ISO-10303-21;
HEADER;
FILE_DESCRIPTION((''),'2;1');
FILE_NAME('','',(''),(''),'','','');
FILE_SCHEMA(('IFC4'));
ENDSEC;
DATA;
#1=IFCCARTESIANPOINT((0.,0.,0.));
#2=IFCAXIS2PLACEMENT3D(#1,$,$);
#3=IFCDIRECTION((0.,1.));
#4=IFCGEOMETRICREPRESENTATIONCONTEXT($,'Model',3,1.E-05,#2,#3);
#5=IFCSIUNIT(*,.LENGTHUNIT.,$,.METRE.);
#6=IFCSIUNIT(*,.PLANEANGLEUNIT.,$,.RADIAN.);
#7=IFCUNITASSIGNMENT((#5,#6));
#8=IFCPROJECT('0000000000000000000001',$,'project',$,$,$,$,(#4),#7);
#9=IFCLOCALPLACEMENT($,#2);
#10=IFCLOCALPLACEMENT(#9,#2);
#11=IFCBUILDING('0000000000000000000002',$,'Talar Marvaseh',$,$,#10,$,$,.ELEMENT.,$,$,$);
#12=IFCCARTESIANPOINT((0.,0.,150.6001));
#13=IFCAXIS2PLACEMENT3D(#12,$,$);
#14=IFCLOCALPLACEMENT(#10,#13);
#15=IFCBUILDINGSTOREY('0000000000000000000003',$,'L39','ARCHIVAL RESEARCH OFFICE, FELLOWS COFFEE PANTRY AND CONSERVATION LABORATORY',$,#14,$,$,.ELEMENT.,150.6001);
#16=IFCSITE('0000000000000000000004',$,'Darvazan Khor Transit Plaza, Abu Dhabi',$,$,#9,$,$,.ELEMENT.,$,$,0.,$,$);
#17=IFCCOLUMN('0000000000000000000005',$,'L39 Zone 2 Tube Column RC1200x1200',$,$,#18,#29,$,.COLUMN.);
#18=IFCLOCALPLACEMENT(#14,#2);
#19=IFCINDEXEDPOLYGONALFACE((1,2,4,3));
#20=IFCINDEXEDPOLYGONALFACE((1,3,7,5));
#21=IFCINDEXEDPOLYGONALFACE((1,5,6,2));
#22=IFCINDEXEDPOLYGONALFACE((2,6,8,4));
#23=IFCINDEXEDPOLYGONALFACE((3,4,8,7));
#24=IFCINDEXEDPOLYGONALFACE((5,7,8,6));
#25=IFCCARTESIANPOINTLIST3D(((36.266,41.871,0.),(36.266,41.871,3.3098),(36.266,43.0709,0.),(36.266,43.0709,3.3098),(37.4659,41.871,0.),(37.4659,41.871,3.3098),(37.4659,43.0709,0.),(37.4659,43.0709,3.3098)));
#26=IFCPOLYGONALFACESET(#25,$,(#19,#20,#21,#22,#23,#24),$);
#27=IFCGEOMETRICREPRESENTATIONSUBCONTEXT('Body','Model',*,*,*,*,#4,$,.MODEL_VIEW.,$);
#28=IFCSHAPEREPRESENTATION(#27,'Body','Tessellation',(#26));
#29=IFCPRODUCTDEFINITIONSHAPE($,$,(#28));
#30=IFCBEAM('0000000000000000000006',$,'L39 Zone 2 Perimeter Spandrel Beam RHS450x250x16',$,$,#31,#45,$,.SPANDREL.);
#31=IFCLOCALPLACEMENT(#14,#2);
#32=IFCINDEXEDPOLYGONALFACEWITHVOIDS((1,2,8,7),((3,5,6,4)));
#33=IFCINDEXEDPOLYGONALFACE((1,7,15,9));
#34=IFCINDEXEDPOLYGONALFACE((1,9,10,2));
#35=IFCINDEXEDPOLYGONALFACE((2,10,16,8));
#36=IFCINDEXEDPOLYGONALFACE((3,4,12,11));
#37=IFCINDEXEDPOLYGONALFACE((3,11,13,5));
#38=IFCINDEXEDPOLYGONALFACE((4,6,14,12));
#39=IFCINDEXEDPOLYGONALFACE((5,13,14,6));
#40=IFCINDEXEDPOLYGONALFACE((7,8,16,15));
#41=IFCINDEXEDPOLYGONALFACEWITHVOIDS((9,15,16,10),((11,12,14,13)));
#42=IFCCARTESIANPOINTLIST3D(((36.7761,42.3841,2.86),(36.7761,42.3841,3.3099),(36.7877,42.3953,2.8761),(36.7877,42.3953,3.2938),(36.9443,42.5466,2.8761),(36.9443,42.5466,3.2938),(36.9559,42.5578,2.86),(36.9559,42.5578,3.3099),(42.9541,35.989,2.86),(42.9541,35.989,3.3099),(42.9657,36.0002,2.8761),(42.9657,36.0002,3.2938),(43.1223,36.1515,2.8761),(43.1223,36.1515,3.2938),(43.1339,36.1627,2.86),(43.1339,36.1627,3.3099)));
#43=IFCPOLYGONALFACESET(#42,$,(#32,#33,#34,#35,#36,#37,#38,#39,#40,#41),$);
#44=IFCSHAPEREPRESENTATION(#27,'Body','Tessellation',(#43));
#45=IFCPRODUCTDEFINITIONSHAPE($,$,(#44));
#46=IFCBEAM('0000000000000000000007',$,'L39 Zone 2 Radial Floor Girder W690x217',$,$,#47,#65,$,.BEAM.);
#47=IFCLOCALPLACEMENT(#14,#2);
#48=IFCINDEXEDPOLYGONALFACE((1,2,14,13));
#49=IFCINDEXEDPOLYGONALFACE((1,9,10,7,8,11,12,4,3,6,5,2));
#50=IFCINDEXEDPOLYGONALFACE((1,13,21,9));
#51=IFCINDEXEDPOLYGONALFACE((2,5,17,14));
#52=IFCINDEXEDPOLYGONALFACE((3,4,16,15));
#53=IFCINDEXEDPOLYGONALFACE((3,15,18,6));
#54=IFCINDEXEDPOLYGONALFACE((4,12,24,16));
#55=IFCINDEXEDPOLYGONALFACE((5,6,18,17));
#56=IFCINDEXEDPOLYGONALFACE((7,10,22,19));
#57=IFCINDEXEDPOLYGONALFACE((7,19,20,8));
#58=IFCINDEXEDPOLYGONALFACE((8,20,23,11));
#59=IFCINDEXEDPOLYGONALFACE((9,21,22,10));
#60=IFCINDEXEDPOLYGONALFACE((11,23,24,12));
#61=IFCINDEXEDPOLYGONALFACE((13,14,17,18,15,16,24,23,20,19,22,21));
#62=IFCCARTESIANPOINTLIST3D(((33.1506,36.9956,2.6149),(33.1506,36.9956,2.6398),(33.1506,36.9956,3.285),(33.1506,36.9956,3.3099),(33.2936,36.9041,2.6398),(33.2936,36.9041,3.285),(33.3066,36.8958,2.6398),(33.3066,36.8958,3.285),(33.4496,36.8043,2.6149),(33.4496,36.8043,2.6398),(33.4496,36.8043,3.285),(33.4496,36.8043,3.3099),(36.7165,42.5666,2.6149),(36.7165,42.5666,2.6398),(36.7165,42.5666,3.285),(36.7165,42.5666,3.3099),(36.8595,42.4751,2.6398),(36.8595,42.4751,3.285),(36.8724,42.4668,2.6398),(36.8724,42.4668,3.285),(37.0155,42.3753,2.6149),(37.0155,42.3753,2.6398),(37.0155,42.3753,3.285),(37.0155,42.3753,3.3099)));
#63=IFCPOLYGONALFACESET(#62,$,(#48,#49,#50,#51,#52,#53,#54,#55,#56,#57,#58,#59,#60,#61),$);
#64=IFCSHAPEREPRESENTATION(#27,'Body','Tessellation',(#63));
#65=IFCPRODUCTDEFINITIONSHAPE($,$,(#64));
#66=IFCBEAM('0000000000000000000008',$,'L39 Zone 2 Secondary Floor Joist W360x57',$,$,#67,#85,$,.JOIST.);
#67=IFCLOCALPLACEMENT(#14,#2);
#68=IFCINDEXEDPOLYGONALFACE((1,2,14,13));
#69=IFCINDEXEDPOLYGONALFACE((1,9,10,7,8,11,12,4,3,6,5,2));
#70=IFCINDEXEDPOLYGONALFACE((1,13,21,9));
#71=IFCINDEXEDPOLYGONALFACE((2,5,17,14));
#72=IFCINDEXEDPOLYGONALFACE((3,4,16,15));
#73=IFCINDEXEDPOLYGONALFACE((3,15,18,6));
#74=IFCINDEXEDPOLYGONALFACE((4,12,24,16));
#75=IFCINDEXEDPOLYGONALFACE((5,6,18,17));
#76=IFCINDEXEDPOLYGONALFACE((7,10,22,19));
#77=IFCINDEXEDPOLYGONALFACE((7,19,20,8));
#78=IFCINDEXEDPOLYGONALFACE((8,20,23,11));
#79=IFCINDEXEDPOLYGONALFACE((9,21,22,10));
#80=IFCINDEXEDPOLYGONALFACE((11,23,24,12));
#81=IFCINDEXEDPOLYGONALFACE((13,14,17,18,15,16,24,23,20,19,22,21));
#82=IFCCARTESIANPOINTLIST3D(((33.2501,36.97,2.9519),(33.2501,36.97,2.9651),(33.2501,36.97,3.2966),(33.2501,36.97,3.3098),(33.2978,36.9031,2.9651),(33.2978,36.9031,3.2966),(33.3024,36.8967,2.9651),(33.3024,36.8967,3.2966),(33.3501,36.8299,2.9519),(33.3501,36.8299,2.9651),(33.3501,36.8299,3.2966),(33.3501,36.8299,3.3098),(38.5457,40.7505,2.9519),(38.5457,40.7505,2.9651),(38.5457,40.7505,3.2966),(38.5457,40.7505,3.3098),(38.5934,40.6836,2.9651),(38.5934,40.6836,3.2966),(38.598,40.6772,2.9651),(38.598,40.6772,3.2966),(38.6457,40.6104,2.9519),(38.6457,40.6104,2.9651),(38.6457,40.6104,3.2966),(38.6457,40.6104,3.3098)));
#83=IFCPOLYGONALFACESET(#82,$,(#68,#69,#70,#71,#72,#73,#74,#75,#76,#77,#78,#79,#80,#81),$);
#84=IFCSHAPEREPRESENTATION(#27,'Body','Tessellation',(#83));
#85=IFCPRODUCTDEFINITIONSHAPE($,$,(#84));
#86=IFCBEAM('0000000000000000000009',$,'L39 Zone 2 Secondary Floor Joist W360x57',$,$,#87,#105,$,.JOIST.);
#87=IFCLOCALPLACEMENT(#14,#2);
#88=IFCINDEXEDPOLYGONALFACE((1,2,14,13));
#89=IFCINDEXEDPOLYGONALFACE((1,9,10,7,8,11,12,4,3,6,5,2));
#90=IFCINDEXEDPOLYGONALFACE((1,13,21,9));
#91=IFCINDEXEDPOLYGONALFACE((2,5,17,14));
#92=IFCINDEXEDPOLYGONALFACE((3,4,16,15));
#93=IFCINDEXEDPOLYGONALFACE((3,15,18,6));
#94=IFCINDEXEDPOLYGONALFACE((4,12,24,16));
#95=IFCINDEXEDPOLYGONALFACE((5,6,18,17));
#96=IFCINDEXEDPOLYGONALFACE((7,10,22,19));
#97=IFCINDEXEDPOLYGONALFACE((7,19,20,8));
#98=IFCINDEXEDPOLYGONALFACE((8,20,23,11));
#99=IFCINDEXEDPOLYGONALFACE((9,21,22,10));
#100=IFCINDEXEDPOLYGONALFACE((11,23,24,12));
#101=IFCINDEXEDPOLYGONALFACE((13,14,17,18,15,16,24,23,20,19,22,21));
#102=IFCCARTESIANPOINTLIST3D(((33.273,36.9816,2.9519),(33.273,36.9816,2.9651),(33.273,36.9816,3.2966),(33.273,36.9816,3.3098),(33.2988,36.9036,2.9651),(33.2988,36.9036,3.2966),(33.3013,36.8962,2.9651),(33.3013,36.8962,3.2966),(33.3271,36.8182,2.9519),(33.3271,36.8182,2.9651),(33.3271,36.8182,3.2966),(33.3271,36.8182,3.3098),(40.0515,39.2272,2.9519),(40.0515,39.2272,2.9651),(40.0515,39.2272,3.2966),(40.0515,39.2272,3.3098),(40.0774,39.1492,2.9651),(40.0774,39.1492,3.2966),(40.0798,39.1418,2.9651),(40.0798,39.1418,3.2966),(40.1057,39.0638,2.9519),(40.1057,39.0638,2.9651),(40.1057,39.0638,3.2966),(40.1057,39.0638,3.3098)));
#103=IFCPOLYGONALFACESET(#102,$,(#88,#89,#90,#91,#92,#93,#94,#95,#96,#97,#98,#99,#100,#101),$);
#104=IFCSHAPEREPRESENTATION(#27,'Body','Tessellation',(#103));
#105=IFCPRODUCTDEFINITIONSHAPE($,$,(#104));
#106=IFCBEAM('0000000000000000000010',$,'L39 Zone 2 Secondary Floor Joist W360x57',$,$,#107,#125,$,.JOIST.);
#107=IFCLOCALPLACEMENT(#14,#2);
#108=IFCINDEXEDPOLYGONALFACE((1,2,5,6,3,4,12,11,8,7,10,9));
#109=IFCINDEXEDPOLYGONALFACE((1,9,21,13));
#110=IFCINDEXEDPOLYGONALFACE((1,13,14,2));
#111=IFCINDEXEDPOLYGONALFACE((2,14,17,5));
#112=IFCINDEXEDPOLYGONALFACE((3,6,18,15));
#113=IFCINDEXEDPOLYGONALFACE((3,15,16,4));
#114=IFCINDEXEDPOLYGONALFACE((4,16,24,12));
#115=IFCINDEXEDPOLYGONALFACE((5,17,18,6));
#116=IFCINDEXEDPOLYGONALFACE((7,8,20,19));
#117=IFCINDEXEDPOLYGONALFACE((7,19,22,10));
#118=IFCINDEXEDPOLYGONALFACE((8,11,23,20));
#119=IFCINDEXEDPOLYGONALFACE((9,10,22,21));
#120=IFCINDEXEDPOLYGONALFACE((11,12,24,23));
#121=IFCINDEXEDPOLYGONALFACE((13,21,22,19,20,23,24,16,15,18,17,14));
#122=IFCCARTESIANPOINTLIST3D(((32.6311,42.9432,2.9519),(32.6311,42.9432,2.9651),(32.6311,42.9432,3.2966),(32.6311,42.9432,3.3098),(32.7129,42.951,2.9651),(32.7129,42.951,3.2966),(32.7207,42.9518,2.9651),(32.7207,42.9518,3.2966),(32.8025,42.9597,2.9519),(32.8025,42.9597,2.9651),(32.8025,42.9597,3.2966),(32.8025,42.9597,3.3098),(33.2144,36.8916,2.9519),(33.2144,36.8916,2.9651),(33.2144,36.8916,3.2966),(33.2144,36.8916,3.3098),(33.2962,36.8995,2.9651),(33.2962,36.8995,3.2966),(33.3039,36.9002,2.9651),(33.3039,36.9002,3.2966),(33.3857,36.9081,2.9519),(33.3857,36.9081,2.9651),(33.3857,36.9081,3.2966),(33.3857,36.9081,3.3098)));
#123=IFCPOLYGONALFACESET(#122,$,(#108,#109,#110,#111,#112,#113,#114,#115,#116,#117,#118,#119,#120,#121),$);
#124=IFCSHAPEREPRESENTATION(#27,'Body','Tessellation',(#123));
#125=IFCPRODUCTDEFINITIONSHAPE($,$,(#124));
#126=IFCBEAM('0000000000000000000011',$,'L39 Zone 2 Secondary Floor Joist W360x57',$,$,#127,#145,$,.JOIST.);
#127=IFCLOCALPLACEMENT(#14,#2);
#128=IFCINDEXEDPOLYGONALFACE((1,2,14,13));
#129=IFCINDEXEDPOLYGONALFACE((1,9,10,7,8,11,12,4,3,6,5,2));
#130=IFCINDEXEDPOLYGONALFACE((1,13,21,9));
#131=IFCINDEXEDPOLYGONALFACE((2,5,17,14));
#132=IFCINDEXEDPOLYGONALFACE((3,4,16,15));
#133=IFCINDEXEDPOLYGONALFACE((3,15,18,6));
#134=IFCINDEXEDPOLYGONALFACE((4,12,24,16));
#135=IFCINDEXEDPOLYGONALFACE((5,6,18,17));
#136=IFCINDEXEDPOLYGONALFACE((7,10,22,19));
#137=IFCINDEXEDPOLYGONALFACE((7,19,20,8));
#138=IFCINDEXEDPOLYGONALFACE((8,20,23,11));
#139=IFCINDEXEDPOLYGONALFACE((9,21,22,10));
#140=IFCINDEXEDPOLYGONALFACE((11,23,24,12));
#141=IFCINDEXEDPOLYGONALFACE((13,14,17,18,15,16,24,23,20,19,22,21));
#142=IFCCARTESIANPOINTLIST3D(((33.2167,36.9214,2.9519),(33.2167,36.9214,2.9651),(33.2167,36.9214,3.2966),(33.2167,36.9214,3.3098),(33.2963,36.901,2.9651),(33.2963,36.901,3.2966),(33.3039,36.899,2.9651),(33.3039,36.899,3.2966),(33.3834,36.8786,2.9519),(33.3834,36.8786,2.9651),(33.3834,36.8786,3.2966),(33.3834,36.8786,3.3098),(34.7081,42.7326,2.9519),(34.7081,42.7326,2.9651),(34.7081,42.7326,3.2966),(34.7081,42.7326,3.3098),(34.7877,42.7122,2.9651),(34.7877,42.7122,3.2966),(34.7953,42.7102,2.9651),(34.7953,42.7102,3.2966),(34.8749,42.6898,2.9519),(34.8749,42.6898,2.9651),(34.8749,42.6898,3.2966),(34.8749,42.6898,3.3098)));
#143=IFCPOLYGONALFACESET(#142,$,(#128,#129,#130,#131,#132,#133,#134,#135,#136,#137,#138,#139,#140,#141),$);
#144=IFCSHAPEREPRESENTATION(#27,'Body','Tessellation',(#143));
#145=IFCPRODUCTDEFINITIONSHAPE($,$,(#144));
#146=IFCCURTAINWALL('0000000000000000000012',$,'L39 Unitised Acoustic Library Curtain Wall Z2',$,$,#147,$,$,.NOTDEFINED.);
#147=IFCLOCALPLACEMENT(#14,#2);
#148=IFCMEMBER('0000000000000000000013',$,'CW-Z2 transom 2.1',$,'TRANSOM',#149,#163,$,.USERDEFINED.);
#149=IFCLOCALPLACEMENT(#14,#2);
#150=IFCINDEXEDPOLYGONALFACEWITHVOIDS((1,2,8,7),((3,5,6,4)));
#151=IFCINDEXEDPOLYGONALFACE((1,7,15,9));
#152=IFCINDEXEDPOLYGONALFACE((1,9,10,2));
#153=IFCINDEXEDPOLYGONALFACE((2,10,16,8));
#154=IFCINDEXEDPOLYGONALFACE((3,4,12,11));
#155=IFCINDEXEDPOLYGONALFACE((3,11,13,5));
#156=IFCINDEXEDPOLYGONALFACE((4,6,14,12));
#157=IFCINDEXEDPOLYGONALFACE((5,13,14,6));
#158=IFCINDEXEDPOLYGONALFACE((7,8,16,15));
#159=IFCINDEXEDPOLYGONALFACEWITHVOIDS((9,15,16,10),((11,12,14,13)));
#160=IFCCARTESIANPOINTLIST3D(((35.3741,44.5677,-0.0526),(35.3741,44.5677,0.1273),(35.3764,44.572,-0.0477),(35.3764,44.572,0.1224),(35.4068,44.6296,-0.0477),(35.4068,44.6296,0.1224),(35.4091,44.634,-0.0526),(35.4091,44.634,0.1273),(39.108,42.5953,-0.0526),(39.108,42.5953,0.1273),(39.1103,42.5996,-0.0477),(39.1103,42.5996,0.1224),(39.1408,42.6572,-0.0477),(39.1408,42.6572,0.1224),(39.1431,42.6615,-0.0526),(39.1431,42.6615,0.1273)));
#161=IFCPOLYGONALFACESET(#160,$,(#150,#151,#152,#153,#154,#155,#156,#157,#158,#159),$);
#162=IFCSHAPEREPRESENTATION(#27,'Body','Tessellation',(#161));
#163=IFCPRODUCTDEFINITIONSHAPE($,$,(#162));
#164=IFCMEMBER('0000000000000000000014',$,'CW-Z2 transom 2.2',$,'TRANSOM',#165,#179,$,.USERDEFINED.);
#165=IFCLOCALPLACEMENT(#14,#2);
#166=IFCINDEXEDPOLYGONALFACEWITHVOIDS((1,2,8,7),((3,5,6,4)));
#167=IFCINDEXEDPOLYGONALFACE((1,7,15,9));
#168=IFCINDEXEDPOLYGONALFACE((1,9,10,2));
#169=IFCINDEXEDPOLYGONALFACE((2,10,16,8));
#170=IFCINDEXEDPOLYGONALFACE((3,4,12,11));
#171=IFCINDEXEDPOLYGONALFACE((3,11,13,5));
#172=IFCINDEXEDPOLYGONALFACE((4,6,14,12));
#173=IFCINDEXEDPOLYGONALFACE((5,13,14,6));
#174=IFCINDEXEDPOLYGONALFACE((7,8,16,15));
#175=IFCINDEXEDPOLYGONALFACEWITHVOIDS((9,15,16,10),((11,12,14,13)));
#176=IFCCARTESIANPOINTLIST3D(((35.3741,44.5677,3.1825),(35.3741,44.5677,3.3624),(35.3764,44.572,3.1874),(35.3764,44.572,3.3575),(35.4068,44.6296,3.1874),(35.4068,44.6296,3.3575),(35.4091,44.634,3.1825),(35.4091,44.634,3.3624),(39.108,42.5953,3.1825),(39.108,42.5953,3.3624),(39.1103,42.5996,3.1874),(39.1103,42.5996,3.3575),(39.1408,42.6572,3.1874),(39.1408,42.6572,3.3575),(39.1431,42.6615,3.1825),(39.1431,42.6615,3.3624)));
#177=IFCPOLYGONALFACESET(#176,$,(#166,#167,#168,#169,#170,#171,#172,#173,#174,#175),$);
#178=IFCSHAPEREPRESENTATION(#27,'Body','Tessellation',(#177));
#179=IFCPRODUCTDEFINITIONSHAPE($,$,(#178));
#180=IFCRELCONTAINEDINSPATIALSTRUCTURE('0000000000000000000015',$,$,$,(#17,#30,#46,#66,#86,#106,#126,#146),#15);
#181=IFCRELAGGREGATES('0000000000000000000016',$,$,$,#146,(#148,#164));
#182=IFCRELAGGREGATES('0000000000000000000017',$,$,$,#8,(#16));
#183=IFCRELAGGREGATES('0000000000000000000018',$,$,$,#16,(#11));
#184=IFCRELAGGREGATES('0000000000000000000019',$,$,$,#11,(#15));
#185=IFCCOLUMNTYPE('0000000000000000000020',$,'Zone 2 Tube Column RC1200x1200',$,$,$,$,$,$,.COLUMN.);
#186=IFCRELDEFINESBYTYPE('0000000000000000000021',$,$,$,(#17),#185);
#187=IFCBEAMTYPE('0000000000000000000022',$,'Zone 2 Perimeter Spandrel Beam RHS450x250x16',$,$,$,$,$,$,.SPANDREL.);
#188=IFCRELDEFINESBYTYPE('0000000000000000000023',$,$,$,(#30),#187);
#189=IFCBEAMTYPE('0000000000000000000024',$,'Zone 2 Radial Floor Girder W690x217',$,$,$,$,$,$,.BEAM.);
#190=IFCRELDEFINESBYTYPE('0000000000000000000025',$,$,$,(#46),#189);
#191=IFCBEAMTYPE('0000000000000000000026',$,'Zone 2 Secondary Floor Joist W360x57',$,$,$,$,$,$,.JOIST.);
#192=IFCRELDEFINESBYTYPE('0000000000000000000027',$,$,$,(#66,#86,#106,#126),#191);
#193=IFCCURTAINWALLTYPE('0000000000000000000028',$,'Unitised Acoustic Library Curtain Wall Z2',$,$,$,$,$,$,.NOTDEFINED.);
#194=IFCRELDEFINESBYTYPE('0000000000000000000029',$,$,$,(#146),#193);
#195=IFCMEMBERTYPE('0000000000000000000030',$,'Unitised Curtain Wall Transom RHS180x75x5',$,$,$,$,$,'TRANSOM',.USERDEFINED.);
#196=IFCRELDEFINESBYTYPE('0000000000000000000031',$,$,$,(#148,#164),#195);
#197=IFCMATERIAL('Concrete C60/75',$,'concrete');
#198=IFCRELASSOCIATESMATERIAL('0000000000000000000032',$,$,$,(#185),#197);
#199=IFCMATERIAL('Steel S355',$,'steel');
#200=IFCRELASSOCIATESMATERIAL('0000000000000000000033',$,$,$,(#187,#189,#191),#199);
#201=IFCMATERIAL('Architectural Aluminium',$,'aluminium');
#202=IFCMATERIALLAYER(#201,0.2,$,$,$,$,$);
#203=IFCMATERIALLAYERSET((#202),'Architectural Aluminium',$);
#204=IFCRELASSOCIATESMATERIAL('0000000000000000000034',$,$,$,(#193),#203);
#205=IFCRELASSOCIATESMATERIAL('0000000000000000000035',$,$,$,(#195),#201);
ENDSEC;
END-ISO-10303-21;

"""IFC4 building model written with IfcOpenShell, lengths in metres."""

from ifc_helpers import new_model, si_unit, direction, frame, origin, origin_2d, place, context, subcontext, project, spatial, rectangle, hollow_rectangle, i_section, extrude, source, transform, mapped, material, layer, layer_set, material_profile, profile_set, type_object, element, aggregate, save


model = new_model("IFC4")

# Units and contexts
model_context = context("Model", 3, precision=1e-05, world=origin(), true_north=direction((0.0, 1.0)))
body_context = subcontext(model_context, "Body", "Model", "MODEL_VIEW")
ifc_project = project(units=[si_unit("LENGTHUNIT", "METRE"), si_unit("PLANEANGLEUNIT", "RADIAN")], contexts=[model_context])

# Site, building, storey
site_placement = place(None, origin())
site = spatial("IfcSite", under=ifc_project, at=site_placement, Name="Darvazan Khor Transit Plaza, Abu Dhabi", CompositionType="ELEMENT", RefElevation=0.0)
building_placement = place(site_placement, origin())
building = spatial("IfcBuilding", under=site, at=building_placement, Name="Talar Marvaseh", CompositionType="ELEMENT")
storey_placement = place(building_placement, frame((0.0, 0.0, 150.6001)))
storey = spatial("IfcBuildingStorey", under=building, at=storey_placement, Name="L39", Description="ARCHIVAL RESEARCH OFFICE, FELLOWS COFFEE PANTRY AND CONSERVATION LABORATORY", CompositionType="ELEMENT", Elevation=150.6001)

# Column
ifc_material_1 = material(Name="Concrete C60/75", Category="concrete")
ifc_material_profile_1 = material_profile(ifc_material_1, rectangle(XDim=1.2, YDim=1.2, at=origin_2d()), Name="RC1200x1200")
ifc_profile_set_1 = profile_set([ifc_material_profile_1], Name="Concrete C60/75")
column_type = type_object("IfcColumnType", Name="Zone 2 Tube Column RC1200x1200", PredefinedType="COLUMN", material=ifc_profile_set_1)
column_placement = place(storey_placement, frame((36.866, 42.4709, 0.0), z_axis=(0.0, 0.0, 1.0), x_axis=(1.0, 0.0, 0.0)))
element("IfcColumn", 1, at=column_placement, inside=storey, type_object=column_type, Name="L39 Zone 2 Tube Column RC1200x1200", PredefinedType="COLUMN", context=body_context, shape_type="SweptSolid", body=[
    extrude(rectangle(XDim=1.2, YDim=1.2, at=origin_2d()), origin(), (0.0, 0.0, 1.0), 3.3098),
])

# Beams
ifc_material_2 = material(Name="Steel S355", Category="steel")
ifc_material_profile_2 = material_profile(ifc_material_2, hollow_rectangle(XDim=0.25, YDim=0.45, WallThickness=0.0161, at=origin_2d()), Name="RHS450x250x16")
ifc_profile_set_2 = profile_set([ifc_material_profile_2], Name="Steel S355")
beam_type_1 = type_object("IfcBeamType", Name="Zone 2 Perimeter Spandrel Beam RHS450x250x16", PredefinedType="SPANDREL", material=ifc_profile_set_2)
beam_1_placement = place(storey_placement, frame((36.866, 42.4709, 3.085), z_axis=(0.694797, -0.719206, 0.0), x_axis=(0.719206, 0.694797, 0.0)))
element("IfcBeam", 2, at=beam_1_placement, inside=storey, type_object=beam_type_1, Name="L39 Zone 2 Perimeter Spandrel Beam RHS450x250x16", PredefinedType="SPANDREL", context=body_context, shape_type="SweptSolid", body=[
    extrude(hollow_rectangle(XDim=0.25, YDim=0.45, WallThickness=0.0161, at=origin_2d()), origin(), (0.0, 0.0, 1.0), 8.8918),
])
ifc_material_profile_3 = material_profile(ifc_material_2, i_section(OverallWidth=0.355, OverallDepth=0.6951, WebThickness=0.0154, FlangeThickness=0.0249, at=origin_2d()), Name="W690x217")
ifc_profile_set_3 = profile_set([ifc_material_profile_3], Name="Steel S355")
beam_type_2 = type_object("IfcBeamType", Name="Zone 2 Radial Floor Girder W690x217", PredefinedType="BEAM", material=ifc_profile_set_3)
beam_2_placement = place(storey_placement, frame((36.866, 42.4709, 2.9624), z_axis=(-0.539102, -0.842241, 0.0), x_axis=(0.842241, -0.539102, 0.0)))
element("IfcBeam", 3, at=beam_2_placement, inside=storey, type_object=beam_type_2, Name="L39 Zone 2 Radial Floor Girder W690x217", PredefinedType="BEAM", context=body_context, shape_type="SweptSolid", body=[
    extrude(i_section(OverallWidth=0.355, OverallDepth=0.6951, WebThickness=0.0154, FlangeThickness=0.0249, at=origin_2d()), origin(), (0.0, 0.0, 1.0), 6.6145),
])
ifc_material_profile_4 = material_profile(ifc_material_2, i_section(OverallWidth=0.1721, OverallDepth=0.3579, WebThickness=0.0078, FlangeThickness=0.0132, at=origin_2d()), Name="W360x57")
ifc_profile_set_4 = profile_set([ifc_material_profile_4], Name="Steel S355")
beam_type_3 = type_object("IfcBeamType", Name="Zone 2 Secondary Floor Joist W360x57", PredefinedType="JOIST", material=ifc_profile_set_4)
beam_3_placement = place(storey_placement, frame((38.5957, 40.6804, 3.1309), z_axis=(-0.813886, -0.581025, 0.0), x_axis=(0.581025, -0.813886, 0.0)))
element("IfcBeam", 4, at=beam_3_placement, inside=storey, type_object=beam_type_3, Name="L39 Zone 2 Secondary Floor Joist W360x57", PredefinedType="JOIST", context=body_context, shape_type="SweptSolid", body=[
    extrude(i_section(OverallWidth=0.1721, OverallDepth=0.3579, WebThickness=0.0078, FlangeThickness=0.0132, at=origin_2d()), origin(), (0.0, 0.0, 1.0), 6.5066),
])
beam_4_placement = place(storey_placement, frame((40.0786, 39.1455, 3.1309), z_axis=(-0.949266, -0.314473, 0.0), x_axis=(0.314473, -0.949266, 0.0)))
element("IfcBeam", 5, at=beam_4_placement, inside=storey, type_object=beam_type_3, Name="L39 Zone 2 Secondary Floor Joist W360x57", PredefinedType="JOIST", context=body_context, shape_type="SweptSolid", body=[
    extrude(i_section(OverallWidth=0.1721, OverallDepth=0.3579, WebThickness=0.0078, FlangeThickness=0.0132, at=origin_2d()), origin(), (0.0, 0.0, 1.0), 7.1409),
])
beam_5_placement = place(storey_placement, frame((32.7168, 42.9514, 3.1309), z_axis=(0.095937, -0.995387, 0.0), x_axis=(0.995387, 0.095937, 0.0)))
element("IfcBeam", 6, at=beam_5_placement, inside=storey, type_object=beam_type_3, Name="L39 Zone 2 Secondary Floor Joist W360x57", PredefinedType="JOIST", context=body_context, shape_type="SweptSolid", body=[
    extrude(i_section(OverallWidth=0.1721, OverallDepth=0.3579, WebThickness=0.0078, FlangeThickness=0.0132, at=origin_2d()), origin(), (0.0, 0.0, 1.0), 6.0796),
])
beam_6_placement = place(storey_placement, frame((34.7915, 42.7112, 3.1309), z_axis=(-0.248592, -0.968608, 0.0), x_axis=(0.968608, -0.248592, 0.0)))
element("IfcBeam", 7, at=beam_6_placement, inside=storey, type_object=beam_type_3, Name="L39 Zone 2 Secondary Floor Joist W360x57", PredefinedType="JOIST", context=body_context, shape_type="SweptSolid", body=[
    extrude(i_section(OverallWidth=0.1721, OverallDepth=0.3579, WebThickness=0.0078, FlangeThickness=0.0132, at=origin_2d()), origin(), (0.0, 0.0, 1.0), 5.9995),
])

# Curtain wall, members
ifc_material_3 = material(Name="Architectural Aluminium", Category="aluminium")
ifc_layer_1 = layer(ifc_material_3, 0.2)
ifc_layer_set_1 = layer_set([ifc_layer_1], Name="Architectural Aluminium")
curtain_wall_type = type_object("IfcCurtainWallType", Name="Unitised Acoustic Library Curtain Wall Z2", PredefinedType="NOTDEFINED", material=ifc_layer_set_1)
curtain_wall_placement = place(storey_placement, origin())
curtain_wall = element("IfcCurtainWall", 8, at=curtain_wall_placement, inside=storey, type_object=curtain_wall_type, Name="L39 Unitised Acoustic Library Curtain Wall Z2", PredefinedType="NOTDEFINED")
ifc_material_profile_5 = material_profile(ifc_material_3, hollow_rectangle(XDim=0.075, YDim=0.1799, WallThickness=0.0049, at=origin_2d()), Name="RHS180x75x5")
ifc_profile_set_5 = profile_set([ifc_material_profile_5], Name="Architectural Aluminium")
member_type_1 = type_object("IfcMemberType", Name="Unitised Curtain Wall Transom RHS180x75x5", ElementType="TRANSOM", PredefinedType="USERDEFINED", material=ifc_profile_set_5)
shared_shape_1 = source(origin(), body_context, "Body", "SweptSolid", [
    extrude(hollow_rectangle(XDim=0.075, YDim=0.1799, WallThickness=0.0049, at=origin_2d()), origin(), (0.0, 0.0, 1.0), 4.2229),
])
member_1_placement = place(storey_placement, frame((35.3916, 44.6008, 0.0374), z_axis=(0.884214, -0.467083, 0.0), x_axis=(0.467083, 0.884214, 0.0)))
member_1 = element("IfcMember", 9, at=member_1_placement, type_object=member_type_1, Name="CW-Z2 transom 2.1", ObjectType="TRANSOM", PredefinedType="USERDEFINED", context=body_context, shape_type="MappedRepresentation", body=[
    mapped(shared_shape_1, transform((0.0, 0.0, 0.0), x_axis=(1.0, 0.0, 0.0), y_axis=(0.0, 1.0, 0.0), z_axis=(0.0, 0.0, 1.0), scale=1.0)),
])
member_2_placement = place(storey_placement, frame((35.3916, 44.6008, 3.2725), z_axis=(0.884214, -0.467083, 0.0), x_axis=(0.467083, 0.884214, 0.0)))
member_2 = element("IfcMember", 10, at=member_2_placement, type_object=member_type_1, Name="CW-Z2 transom 2.2", ObjectType="TRANSOM", PredefinedType="USERDEFINED", context=body_context, shape_type="MappedRepresentation", body=[
    mapped(shared_shape_1, transform((0.0, 0.0, 0.0), x_axis=(1.0, 0.0, 0.0), y_axis=(0.0, 1.0, 0.0), z_axis=(0.0, 0.0, 1.0), scale=1.0)),
])
aggregate(curtain_wall, [member_1, member_2])

save(model, "model.ifc")
